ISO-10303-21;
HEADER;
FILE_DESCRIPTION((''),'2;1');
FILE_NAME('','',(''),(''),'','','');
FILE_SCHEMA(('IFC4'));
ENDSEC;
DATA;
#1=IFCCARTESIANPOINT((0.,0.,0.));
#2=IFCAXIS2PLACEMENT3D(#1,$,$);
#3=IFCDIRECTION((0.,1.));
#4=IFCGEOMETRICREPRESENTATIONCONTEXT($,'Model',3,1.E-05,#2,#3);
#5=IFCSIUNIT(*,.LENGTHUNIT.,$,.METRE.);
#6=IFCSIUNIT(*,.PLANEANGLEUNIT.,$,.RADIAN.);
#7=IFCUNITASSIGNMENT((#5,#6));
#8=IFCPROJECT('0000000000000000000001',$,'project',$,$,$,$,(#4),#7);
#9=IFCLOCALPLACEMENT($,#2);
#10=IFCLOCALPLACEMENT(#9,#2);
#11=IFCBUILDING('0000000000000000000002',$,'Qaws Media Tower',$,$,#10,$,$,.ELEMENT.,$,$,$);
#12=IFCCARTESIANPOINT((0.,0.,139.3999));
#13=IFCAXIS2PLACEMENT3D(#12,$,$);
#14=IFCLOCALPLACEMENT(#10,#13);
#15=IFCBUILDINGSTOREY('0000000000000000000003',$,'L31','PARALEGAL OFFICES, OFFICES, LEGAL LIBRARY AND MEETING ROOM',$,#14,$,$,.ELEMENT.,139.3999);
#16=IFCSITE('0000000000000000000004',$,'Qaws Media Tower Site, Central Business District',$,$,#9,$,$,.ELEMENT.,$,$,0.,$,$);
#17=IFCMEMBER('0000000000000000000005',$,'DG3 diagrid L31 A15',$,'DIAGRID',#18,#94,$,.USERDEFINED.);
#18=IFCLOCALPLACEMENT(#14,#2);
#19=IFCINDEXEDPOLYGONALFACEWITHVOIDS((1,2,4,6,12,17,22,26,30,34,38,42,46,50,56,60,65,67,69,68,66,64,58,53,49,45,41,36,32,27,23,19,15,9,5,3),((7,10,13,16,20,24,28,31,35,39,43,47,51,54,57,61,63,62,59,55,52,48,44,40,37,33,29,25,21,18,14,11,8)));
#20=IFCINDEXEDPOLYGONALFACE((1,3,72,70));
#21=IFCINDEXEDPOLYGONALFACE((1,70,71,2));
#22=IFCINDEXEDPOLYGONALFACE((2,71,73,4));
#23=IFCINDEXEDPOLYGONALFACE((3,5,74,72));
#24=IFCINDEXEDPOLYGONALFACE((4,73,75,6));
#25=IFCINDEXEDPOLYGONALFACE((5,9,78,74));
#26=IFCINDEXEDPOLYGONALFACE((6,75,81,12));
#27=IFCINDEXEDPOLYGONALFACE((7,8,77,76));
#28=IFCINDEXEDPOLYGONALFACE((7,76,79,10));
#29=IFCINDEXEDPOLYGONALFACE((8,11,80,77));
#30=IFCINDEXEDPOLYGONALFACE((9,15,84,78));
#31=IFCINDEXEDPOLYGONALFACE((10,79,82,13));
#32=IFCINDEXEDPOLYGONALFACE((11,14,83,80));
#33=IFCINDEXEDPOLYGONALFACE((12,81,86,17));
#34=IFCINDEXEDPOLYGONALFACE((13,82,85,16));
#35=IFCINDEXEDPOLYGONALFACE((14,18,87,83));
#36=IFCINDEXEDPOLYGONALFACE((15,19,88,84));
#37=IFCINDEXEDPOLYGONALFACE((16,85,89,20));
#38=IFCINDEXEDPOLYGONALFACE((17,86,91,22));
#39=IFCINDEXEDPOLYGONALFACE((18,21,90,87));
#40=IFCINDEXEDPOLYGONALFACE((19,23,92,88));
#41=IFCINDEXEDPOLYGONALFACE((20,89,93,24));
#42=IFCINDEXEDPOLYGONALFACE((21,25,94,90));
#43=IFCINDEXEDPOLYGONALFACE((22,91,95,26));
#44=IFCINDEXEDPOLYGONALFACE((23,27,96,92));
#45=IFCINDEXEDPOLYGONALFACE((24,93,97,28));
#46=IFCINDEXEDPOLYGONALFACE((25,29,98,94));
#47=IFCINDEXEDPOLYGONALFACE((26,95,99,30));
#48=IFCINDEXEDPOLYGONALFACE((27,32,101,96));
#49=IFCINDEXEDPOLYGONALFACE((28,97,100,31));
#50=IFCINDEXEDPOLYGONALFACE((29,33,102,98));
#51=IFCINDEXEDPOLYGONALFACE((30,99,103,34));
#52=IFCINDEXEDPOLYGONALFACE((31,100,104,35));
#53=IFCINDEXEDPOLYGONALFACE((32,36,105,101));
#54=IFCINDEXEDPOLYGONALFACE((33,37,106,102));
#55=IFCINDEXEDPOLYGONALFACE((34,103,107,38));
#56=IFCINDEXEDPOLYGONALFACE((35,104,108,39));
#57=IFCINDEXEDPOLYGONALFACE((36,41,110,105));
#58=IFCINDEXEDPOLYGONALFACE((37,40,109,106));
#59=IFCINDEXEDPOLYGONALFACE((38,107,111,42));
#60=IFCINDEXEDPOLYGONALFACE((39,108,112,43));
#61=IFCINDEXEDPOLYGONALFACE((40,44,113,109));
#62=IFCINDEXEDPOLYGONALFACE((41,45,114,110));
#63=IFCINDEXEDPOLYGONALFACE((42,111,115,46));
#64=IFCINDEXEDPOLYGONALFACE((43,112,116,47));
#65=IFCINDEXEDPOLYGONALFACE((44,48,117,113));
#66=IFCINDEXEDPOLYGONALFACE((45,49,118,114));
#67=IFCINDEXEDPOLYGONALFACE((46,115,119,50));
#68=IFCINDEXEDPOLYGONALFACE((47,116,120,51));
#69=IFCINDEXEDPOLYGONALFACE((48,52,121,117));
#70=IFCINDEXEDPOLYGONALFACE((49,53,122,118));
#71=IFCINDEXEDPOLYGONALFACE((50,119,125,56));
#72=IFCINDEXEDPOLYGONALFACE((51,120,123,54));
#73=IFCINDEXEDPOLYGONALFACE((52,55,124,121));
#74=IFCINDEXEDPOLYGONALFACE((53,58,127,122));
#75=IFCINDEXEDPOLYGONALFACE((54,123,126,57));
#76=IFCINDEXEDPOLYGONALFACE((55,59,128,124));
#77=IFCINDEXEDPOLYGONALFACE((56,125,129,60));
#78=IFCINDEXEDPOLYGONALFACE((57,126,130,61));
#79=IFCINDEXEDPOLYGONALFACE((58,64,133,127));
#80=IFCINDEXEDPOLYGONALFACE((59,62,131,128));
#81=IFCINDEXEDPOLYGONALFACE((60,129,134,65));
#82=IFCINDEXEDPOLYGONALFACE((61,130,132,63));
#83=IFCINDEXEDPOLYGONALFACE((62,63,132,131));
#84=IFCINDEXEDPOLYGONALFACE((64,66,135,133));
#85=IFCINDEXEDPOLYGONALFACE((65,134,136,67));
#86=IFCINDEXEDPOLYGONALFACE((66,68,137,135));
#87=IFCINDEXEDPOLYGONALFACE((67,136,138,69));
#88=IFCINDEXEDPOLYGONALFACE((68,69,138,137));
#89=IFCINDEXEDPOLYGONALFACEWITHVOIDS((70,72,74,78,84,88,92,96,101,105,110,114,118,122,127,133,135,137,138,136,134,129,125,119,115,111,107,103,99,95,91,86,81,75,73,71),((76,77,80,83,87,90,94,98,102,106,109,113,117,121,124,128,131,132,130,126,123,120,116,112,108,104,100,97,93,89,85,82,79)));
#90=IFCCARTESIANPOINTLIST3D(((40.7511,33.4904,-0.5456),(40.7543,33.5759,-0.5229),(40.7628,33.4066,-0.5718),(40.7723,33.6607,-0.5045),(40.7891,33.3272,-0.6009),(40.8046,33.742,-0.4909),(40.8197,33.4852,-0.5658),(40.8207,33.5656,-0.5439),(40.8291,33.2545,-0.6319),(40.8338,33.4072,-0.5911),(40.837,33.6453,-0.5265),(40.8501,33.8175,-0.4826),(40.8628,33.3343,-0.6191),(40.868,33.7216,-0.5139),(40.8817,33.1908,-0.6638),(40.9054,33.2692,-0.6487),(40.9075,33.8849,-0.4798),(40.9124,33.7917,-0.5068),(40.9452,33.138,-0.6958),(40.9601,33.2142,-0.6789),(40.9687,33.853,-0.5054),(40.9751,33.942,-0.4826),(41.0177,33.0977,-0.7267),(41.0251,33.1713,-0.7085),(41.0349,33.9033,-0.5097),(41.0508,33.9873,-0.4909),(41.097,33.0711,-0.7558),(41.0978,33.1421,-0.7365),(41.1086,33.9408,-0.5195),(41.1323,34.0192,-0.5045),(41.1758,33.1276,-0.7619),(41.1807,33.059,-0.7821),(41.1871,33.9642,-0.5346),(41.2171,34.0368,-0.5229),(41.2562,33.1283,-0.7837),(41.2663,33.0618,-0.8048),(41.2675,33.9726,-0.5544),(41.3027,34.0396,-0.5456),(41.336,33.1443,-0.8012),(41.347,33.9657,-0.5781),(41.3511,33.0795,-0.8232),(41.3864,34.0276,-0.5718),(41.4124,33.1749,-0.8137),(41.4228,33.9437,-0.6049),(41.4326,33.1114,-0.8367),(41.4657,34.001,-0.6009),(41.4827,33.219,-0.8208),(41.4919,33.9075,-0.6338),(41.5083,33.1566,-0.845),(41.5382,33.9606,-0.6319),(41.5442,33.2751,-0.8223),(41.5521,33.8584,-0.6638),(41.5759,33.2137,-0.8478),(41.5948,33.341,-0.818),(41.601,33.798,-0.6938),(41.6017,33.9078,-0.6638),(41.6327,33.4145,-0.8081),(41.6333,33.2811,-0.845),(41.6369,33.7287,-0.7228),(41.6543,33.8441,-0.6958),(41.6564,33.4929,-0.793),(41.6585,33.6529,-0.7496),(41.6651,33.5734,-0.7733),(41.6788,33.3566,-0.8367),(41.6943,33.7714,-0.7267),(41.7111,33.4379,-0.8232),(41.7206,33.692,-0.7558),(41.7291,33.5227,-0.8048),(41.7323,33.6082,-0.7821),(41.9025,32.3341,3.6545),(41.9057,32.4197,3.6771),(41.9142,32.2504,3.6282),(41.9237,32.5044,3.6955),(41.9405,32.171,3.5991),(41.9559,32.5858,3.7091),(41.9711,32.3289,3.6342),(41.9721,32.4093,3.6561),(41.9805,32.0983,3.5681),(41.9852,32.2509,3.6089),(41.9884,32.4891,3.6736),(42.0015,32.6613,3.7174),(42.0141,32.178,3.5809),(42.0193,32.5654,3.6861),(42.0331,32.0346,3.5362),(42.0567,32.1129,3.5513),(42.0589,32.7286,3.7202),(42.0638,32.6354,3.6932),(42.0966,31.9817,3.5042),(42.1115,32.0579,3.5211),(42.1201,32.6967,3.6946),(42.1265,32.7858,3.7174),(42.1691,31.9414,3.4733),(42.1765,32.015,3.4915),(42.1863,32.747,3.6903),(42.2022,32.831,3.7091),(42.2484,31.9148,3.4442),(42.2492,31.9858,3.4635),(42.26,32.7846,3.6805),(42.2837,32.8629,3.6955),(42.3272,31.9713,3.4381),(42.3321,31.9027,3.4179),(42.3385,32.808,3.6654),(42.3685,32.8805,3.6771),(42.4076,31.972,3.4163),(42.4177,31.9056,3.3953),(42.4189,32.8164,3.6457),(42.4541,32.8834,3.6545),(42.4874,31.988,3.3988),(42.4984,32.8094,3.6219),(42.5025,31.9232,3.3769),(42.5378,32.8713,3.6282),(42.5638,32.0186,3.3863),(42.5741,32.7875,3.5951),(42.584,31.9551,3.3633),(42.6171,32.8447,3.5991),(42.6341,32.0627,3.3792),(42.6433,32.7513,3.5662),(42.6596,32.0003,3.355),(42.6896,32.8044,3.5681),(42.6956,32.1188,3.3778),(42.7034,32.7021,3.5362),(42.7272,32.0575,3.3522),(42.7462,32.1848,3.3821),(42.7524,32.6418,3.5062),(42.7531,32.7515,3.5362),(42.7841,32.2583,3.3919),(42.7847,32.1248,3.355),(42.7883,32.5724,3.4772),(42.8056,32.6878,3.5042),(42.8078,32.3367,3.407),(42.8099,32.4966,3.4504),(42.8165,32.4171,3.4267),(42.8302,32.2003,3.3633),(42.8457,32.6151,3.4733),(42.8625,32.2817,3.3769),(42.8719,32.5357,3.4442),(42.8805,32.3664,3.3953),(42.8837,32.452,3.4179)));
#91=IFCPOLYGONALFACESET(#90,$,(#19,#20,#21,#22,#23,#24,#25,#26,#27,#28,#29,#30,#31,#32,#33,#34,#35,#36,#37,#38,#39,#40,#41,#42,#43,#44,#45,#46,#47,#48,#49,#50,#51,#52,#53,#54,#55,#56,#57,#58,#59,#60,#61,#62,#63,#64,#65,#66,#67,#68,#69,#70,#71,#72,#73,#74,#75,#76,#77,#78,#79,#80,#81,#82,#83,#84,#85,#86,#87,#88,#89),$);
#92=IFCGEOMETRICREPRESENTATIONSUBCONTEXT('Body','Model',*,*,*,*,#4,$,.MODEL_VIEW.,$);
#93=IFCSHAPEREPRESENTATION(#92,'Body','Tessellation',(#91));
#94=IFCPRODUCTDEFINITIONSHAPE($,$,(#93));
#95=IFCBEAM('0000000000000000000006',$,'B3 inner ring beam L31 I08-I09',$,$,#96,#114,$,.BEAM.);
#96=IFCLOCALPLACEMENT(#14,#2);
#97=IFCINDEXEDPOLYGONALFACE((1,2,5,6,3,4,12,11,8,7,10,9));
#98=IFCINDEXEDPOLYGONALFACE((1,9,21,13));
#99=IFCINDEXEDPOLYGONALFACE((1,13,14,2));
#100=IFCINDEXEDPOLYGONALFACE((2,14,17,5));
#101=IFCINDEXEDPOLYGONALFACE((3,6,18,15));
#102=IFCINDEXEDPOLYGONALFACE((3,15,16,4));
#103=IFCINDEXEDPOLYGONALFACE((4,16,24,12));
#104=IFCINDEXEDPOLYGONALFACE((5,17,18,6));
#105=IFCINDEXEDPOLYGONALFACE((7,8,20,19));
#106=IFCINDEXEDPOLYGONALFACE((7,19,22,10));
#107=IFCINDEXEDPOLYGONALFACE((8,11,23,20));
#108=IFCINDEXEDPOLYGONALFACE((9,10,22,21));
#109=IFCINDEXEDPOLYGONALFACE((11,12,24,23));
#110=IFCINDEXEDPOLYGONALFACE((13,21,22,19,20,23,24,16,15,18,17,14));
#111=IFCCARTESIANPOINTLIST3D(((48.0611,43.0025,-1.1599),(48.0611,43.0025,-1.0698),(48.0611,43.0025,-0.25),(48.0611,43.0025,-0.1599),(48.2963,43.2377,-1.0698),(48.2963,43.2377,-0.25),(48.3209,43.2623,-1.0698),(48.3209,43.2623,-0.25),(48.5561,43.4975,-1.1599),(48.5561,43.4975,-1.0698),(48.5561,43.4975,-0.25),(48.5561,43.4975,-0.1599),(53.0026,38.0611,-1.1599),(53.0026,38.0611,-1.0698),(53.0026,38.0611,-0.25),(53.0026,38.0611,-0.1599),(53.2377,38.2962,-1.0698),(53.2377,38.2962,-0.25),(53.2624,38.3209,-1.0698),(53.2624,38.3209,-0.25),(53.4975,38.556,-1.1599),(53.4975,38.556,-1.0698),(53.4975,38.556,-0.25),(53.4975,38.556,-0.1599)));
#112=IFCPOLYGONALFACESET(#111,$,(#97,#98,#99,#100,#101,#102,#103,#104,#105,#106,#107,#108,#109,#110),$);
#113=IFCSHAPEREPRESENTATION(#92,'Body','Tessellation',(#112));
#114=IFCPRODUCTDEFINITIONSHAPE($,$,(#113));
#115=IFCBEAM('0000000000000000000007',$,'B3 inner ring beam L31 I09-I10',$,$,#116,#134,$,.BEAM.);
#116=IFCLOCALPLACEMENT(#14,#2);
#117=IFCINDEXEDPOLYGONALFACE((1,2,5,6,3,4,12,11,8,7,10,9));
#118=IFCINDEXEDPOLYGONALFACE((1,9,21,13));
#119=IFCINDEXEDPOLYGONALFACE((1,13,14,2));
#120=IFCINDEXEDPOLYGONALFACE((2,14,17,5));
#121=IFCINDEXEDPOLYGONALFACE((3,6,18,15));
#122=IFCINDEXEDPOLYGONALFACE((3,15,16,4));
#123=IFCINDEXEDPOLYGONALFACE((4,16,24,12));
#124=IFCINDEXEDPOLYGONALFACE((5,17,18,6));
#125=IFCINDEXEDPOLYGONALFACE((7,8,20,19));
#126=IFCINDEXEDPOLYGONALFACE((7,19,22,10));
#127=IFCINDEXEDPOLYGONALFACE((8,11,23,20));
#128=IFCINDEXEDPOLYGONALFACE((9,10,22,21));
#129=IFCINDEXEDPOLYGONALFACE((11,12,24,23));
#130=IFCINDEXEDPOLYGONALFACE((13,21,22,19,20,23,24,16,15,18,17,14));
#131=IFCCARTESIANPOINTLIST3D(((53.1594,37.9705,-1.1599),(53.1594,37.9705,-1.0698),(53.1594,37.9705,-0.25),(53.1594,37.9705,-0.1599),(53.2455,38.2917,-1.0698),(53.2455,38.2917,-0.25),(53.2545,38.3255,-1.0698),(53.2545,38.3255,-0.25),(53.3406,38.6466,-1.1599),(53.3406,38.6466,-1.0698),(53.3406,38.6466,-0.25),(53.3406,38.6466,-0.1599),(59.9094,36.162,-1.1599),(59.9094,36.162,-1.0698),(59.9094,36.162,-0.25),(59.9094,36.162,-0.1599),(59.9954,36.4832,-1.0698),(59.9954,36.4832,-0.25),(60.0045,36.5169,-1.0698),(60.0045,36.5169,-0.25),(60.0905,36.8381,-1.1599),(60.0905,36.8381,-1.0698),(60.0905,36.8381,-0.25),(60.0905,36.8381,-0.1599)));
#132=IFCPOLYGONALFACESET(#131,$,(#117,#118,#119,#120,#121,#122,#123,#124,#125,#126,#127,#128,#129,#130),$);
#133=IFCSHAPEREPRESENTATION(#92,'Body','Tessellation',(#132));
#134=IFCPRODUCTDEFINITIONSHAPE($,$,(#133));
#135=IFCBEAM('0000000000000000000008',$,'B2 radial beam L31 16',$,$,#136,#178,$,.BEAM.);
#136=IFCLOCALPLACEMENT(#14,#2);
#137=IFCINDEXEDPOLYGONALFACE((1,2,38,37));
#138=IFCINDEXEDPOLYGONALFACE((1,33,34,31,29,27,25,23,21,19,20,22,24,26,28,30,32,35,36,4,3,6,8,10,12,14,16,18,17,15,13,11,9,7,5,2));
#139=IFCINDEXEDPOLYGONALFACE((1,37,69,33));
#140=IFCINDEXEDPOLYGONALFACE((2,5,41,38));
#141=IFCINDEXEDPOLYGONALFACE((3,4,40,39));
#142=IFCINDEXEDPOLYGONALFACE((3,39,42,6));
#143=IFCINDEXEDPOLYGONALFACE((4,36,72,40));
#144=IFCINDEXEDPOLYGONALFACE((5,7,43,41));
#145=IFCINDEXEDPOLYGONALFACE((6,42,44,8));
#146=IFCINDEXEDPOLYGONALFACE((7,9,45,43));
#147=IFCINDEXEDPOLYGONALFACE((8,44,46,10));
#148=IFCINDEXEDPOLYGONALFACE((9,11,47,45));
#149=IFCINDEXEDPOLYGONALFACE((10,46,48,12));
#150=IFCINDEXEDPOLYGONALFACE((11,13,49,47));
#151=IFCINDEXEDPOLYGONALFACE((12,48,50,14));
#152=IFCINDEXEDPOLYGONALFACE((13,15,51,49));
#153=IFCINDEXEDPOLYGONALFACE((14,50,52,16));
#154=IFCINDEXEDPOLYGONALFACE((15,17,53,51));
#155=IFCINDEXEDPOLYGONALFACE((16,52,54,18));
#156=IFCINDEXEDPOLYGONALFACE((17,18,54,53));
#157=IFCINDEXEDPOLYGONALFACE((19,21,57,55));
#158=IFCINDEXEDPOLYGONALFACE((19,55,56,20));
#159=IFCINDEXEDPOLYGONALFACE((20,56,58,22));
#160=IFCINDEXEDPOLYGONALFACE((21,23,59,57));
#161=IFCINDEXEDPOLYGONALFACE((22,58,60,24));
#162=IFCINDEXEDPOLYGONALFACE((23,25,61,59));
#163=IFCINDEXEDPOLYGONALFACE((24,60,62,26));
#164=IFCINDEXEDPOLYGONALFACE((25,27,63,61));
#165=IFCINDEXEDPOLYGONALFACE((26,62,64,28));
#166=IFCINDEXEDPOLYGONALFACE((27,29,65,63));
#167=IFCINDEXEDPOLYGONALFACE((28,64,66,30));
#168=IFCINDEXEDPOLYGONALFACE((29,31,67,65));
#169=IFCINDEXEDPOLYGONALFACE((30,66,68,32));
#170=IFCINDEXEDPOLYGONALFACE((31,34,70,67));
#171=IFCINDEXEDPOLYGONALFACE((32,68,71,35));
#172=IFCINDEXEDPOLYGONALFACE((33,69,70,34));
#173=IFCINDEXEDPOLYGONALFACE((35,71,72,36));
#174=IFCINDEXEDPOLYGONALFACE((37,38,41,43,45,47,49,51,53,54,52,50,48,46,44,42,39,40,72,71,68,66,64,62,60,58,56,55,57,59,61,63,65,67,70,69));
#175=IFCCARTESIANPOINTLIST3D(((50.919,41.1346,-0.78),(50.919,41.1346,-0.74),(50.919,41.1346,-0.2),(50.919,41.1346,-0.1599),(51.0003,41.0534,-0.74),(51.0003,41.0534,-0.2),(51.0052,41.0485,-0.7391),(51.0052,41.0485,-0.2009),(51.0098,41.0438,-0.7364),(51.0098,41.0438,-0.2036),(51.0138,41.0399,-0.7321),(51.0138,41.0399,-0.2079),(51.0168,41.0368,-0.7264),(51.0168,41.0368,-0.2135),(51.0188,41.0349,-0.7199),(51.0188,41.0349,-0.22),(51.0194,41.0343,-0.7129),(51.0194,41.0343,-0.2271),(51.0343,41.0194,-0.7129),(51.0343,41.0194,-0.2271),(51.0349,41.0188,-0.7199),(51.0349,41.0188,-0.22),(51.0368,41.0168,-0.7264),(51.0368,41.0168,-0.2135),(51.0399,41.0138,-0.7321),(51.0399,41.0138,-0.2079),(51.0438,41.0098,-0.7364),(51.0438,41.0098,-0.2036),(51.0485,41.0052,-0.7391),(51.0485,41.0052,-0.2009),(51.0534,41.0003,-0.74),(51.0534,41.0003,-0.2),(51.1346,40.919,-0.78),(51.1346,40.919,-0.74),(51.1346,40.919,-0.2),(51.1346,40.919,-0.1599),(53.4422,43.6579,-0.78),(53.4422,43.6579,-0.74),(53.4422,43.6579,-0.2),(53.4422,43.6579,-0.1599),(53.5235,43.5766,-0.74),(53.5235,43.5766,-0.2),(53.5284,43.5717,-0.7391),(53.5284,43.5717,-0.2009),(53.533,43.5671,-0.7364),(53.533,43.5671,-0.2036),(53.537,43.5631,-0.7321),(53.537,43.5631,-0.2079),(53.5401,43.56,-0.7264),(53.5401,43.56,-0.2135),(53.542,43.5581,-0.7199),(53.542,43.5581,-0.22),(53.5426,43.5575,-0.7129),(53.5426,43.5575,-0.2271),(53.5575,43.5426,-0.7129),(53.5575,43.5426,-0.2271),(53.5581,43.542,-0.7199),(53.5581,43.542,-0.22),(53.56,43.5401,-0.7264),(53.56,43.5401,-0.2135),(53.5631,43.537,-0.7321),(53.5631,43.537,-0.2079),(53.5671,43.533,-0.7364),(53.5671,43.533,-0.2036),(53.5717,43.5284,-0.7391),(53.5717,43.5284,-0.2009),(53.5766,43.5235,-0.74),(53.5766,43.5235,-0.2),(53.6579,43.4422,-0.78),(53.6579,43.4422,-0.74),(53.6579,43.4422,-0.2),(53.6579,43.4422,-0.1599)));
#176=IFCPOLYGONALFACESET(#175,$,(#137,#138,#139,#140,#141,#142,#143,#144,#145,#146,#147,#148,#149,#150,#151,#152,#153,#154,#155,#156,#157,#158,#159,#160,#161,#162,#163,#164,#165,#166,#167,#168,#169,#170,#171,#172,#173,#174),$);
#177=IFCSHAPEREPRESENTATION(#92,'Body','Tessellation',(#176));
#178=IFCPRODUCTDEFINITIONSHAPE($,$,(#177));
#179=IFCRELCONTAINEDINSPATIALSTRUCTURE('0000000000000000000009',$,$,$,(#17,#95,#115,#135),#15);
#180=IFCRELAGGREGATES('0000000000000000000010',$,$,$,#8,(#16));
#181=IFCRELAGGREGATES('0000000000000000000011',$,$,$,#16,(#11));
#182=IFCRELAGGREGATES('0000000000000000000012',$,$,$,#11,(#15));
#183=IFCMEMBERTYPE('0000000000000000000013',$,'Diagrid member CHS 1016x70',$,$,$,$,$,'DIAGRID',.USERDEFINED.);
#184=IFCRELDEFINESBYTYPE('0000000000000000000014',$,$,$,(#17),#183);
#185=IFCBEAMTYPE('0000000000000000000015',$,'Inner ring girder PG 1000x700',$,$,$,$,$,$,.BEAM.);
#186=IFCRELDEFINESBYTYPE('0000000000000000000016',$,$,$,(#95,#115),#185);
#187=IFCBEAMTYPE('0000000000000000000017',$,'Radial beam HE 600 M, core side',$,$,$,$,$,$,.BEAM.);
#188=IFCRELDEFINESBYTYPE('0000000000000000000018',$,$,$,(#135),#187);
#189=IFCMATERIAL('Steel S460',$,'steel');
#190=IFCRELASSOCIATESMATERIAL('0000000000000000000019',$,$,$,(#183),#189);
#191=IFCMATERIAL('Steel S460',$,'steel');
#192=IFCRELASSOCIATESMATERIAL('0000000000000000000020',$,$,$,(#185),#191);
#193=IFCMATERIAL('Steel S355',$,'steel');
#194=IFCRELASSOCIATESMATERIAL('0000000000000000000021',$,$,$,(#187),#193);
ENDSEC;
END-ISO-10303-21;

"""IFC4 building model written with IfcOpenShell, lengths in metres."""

from ifc_helpers import new_model, si_unit, direction, frame, origin, origin_2d, place, context, subcontext, project, spatial, hollow_circle, i_section, extrude, material, material_profile, profile_set, type_object, element, save


model = new_model("IFC4")

# Units and contexts
model_context = context("Model", 3, precision=1e-05, world=origin(), true_north=direction((0.0, 1.0)))
body_context = subcontext(model_context, "Body", "Model", "MODEL_VIEW")
ifc_project = project(units=[si_unit("LENGTHUNIT", "METRE"), si_unit("PLANEANGLEUNIT", "RADIAN")], contexts=[model_context])

# Site, building, storey
site_placement = place(None, origin())
site = spatial("IfcSite", under=ifc_project, at=site_placement, Name="Qaws Media Tower Site, Central Business District", CompositionType="ELEMENT", RefElevation=0.0)
building_placement = place(site_placement, origin())
building = spatial("IfcBuilding", under=site, at=building_placement, Name="Qaws Media Tower", CompositionType="ELEMENT")
storey_placement = place(building_placement, frame((0.0, 0.0, 139.3999)))
storey = spatial("IfcBuildingStorey", under=building, at=storey_placement, Name="L31", Description="PARALEGAL OFFICES, OFFICES, LEGAL LIBRARY AND MEETING ROOM", CompositionType="ELEMENT", Elevation=139.3999)

# Member
ifc_material_1 = material(Name="Steel S460", Category="steel")
ifc_material_profile_1 = material_profile(ifc_material_1, hollow_circle(Radius=0.5081, WallThickness=0.0701, at=origin_2d()), Name="CHS 1016x70")
ifc_profile_set_1 = profile_set([ifc_material_profile_1], Name="Steel S460")
member_type_1 = type_object("IfcMemberType", Name="Diagrid member CHS 1016x70", ElementType="DIAGRID", PredefinedType="USERDEFINED", material=ifc_profile_set_1)
member_1_placement = place(storey_placement, frame((41.2417, 33.5493, -0.6638), z_axis=(0.255531, -0.256614, 0.932123), x_axis=(0.708601, 0.705609, 0.0)))
element("IfcMember", 1, at=member_1_placement, inside=storey, type_object=member_type_1, Name="DG3 diagrid L31 A15", ObjectType="DIAGRID", PredefinedType="USERDEFINED", context=body_context, shape_type="SweptSolid", body=[
    extrude(hollow_circle(Radius=0.5081, WallThickness=0.0701, at=origin_2d()), origin(), (0.0, 0.0, 1.0), 4.5059),
])

# Beams
ifc_material_2 = material(Name="Steel S460", Category="steel")
ifc_material_profile_2 = material_profile(ifc_material_2, i_section(OverallWidth=0.7, OverallDepth=1.0, WebThickness=0.0349, FlangeThickness=0.0901, at=origin_2d()), Name="PG 1000x700")
ifc_profile_set_2 = profile_set([ifc_material_profile_2], Name="Steel S460")
beam_type_1 = type_object("IfcBeamType", Name="Inner ring girder PG 1000x700", PredefinedType="BEAM", material=ifc_profile_set_2)
beam_1_placement = place(storey_placement, frame((48.3086, 43.25, -0.6599), z_axis=(0.707107, -0.707107, 0.0), x_axis=(0.707107, 0.707107, 0.0)))
element("IfcBeam", 2, at=beam_1_placement, inside=storey, type_object=beam_type_1, Name="B3 inner ring beam L31 I08-I09", PredefinedType="BEAM", context=body_context, shape_type="SweptSolid", body=[
    extrude(i_section(OverallWidth=0.7, OverallDepth=1.0, WebThickness=0.0349, FlangeThickness=0.0901, at=origin_2d()), origin(), (0.0, 0.0, 1.0), 6.9883),
])
beam_2_placement = place(storey_placement, frame((53.25, 38.3086, -0.6599), z_axis=(0.965928, -0.258811, 0.0), x_axis=(0.258811, 0.965928, 0.0)))
element("IfcBeam", 3, at=beam_2_placement, inside=storey, type_object=beam_type_1, Name="B3 inner ring beam L31 I09-I10", PredefinedType="BEAM", context=body_context, shape_type="SweptSolid", body=[
    extrude(i_section(OverallWidth=0.7, OverallDepth=1.0, WebThickness=0.0349, FlangeThickness=0.0901, at=origin_2d()), origin(), (0.0, 0.0, 1.0), 6.988),
])
ifc_material_3 = material(Name="Steel S355", Category="steel")
ifc_material_profile_3 = material_profile(ifc_material_3, i_section(OverallWidth=0.3049, OverallDepth=0.6201, WebThickness=0.021, FlangeThickness=0.04, FilletRadius=0.0271, at=origin_2d()), Name="HE 600 M")
ifc_profile_set_3 = profile_set([ifc_material_profile_3], Name="Steel S355")
beam_type_2 = type_object("IfcBeamType", Name="Radial beam HE 600 M, core side", PredefinedType="BEAM", material=ifc_profile_set_3)
beam_3_placement = place(storey_placement, frame((53.55, 43.55, -0.47), z_axis=(-0.707107, -0.707107, 0.0), x_axis=(0.707107, -0.707107, 0.0)))
element("IfcBeam", 4, at=beam_3_placement, inside=storey, type_object=beam_type_2, Name="B2 radial beam L31 16", PredefinedType="BEAM", context=body_context, shape_type="SweptSolid", body=[
    extrude(i_section(OverallWidth=0.3049, OverallDepth=0.6201, WebThickness=0.021, FlangeThickness=0.04, FilletRadius=0.0271, at=origin_2d()), origin(), (0.0, 0.0, 1.0), 3.5684),
])

save(model, "model.ifc")
